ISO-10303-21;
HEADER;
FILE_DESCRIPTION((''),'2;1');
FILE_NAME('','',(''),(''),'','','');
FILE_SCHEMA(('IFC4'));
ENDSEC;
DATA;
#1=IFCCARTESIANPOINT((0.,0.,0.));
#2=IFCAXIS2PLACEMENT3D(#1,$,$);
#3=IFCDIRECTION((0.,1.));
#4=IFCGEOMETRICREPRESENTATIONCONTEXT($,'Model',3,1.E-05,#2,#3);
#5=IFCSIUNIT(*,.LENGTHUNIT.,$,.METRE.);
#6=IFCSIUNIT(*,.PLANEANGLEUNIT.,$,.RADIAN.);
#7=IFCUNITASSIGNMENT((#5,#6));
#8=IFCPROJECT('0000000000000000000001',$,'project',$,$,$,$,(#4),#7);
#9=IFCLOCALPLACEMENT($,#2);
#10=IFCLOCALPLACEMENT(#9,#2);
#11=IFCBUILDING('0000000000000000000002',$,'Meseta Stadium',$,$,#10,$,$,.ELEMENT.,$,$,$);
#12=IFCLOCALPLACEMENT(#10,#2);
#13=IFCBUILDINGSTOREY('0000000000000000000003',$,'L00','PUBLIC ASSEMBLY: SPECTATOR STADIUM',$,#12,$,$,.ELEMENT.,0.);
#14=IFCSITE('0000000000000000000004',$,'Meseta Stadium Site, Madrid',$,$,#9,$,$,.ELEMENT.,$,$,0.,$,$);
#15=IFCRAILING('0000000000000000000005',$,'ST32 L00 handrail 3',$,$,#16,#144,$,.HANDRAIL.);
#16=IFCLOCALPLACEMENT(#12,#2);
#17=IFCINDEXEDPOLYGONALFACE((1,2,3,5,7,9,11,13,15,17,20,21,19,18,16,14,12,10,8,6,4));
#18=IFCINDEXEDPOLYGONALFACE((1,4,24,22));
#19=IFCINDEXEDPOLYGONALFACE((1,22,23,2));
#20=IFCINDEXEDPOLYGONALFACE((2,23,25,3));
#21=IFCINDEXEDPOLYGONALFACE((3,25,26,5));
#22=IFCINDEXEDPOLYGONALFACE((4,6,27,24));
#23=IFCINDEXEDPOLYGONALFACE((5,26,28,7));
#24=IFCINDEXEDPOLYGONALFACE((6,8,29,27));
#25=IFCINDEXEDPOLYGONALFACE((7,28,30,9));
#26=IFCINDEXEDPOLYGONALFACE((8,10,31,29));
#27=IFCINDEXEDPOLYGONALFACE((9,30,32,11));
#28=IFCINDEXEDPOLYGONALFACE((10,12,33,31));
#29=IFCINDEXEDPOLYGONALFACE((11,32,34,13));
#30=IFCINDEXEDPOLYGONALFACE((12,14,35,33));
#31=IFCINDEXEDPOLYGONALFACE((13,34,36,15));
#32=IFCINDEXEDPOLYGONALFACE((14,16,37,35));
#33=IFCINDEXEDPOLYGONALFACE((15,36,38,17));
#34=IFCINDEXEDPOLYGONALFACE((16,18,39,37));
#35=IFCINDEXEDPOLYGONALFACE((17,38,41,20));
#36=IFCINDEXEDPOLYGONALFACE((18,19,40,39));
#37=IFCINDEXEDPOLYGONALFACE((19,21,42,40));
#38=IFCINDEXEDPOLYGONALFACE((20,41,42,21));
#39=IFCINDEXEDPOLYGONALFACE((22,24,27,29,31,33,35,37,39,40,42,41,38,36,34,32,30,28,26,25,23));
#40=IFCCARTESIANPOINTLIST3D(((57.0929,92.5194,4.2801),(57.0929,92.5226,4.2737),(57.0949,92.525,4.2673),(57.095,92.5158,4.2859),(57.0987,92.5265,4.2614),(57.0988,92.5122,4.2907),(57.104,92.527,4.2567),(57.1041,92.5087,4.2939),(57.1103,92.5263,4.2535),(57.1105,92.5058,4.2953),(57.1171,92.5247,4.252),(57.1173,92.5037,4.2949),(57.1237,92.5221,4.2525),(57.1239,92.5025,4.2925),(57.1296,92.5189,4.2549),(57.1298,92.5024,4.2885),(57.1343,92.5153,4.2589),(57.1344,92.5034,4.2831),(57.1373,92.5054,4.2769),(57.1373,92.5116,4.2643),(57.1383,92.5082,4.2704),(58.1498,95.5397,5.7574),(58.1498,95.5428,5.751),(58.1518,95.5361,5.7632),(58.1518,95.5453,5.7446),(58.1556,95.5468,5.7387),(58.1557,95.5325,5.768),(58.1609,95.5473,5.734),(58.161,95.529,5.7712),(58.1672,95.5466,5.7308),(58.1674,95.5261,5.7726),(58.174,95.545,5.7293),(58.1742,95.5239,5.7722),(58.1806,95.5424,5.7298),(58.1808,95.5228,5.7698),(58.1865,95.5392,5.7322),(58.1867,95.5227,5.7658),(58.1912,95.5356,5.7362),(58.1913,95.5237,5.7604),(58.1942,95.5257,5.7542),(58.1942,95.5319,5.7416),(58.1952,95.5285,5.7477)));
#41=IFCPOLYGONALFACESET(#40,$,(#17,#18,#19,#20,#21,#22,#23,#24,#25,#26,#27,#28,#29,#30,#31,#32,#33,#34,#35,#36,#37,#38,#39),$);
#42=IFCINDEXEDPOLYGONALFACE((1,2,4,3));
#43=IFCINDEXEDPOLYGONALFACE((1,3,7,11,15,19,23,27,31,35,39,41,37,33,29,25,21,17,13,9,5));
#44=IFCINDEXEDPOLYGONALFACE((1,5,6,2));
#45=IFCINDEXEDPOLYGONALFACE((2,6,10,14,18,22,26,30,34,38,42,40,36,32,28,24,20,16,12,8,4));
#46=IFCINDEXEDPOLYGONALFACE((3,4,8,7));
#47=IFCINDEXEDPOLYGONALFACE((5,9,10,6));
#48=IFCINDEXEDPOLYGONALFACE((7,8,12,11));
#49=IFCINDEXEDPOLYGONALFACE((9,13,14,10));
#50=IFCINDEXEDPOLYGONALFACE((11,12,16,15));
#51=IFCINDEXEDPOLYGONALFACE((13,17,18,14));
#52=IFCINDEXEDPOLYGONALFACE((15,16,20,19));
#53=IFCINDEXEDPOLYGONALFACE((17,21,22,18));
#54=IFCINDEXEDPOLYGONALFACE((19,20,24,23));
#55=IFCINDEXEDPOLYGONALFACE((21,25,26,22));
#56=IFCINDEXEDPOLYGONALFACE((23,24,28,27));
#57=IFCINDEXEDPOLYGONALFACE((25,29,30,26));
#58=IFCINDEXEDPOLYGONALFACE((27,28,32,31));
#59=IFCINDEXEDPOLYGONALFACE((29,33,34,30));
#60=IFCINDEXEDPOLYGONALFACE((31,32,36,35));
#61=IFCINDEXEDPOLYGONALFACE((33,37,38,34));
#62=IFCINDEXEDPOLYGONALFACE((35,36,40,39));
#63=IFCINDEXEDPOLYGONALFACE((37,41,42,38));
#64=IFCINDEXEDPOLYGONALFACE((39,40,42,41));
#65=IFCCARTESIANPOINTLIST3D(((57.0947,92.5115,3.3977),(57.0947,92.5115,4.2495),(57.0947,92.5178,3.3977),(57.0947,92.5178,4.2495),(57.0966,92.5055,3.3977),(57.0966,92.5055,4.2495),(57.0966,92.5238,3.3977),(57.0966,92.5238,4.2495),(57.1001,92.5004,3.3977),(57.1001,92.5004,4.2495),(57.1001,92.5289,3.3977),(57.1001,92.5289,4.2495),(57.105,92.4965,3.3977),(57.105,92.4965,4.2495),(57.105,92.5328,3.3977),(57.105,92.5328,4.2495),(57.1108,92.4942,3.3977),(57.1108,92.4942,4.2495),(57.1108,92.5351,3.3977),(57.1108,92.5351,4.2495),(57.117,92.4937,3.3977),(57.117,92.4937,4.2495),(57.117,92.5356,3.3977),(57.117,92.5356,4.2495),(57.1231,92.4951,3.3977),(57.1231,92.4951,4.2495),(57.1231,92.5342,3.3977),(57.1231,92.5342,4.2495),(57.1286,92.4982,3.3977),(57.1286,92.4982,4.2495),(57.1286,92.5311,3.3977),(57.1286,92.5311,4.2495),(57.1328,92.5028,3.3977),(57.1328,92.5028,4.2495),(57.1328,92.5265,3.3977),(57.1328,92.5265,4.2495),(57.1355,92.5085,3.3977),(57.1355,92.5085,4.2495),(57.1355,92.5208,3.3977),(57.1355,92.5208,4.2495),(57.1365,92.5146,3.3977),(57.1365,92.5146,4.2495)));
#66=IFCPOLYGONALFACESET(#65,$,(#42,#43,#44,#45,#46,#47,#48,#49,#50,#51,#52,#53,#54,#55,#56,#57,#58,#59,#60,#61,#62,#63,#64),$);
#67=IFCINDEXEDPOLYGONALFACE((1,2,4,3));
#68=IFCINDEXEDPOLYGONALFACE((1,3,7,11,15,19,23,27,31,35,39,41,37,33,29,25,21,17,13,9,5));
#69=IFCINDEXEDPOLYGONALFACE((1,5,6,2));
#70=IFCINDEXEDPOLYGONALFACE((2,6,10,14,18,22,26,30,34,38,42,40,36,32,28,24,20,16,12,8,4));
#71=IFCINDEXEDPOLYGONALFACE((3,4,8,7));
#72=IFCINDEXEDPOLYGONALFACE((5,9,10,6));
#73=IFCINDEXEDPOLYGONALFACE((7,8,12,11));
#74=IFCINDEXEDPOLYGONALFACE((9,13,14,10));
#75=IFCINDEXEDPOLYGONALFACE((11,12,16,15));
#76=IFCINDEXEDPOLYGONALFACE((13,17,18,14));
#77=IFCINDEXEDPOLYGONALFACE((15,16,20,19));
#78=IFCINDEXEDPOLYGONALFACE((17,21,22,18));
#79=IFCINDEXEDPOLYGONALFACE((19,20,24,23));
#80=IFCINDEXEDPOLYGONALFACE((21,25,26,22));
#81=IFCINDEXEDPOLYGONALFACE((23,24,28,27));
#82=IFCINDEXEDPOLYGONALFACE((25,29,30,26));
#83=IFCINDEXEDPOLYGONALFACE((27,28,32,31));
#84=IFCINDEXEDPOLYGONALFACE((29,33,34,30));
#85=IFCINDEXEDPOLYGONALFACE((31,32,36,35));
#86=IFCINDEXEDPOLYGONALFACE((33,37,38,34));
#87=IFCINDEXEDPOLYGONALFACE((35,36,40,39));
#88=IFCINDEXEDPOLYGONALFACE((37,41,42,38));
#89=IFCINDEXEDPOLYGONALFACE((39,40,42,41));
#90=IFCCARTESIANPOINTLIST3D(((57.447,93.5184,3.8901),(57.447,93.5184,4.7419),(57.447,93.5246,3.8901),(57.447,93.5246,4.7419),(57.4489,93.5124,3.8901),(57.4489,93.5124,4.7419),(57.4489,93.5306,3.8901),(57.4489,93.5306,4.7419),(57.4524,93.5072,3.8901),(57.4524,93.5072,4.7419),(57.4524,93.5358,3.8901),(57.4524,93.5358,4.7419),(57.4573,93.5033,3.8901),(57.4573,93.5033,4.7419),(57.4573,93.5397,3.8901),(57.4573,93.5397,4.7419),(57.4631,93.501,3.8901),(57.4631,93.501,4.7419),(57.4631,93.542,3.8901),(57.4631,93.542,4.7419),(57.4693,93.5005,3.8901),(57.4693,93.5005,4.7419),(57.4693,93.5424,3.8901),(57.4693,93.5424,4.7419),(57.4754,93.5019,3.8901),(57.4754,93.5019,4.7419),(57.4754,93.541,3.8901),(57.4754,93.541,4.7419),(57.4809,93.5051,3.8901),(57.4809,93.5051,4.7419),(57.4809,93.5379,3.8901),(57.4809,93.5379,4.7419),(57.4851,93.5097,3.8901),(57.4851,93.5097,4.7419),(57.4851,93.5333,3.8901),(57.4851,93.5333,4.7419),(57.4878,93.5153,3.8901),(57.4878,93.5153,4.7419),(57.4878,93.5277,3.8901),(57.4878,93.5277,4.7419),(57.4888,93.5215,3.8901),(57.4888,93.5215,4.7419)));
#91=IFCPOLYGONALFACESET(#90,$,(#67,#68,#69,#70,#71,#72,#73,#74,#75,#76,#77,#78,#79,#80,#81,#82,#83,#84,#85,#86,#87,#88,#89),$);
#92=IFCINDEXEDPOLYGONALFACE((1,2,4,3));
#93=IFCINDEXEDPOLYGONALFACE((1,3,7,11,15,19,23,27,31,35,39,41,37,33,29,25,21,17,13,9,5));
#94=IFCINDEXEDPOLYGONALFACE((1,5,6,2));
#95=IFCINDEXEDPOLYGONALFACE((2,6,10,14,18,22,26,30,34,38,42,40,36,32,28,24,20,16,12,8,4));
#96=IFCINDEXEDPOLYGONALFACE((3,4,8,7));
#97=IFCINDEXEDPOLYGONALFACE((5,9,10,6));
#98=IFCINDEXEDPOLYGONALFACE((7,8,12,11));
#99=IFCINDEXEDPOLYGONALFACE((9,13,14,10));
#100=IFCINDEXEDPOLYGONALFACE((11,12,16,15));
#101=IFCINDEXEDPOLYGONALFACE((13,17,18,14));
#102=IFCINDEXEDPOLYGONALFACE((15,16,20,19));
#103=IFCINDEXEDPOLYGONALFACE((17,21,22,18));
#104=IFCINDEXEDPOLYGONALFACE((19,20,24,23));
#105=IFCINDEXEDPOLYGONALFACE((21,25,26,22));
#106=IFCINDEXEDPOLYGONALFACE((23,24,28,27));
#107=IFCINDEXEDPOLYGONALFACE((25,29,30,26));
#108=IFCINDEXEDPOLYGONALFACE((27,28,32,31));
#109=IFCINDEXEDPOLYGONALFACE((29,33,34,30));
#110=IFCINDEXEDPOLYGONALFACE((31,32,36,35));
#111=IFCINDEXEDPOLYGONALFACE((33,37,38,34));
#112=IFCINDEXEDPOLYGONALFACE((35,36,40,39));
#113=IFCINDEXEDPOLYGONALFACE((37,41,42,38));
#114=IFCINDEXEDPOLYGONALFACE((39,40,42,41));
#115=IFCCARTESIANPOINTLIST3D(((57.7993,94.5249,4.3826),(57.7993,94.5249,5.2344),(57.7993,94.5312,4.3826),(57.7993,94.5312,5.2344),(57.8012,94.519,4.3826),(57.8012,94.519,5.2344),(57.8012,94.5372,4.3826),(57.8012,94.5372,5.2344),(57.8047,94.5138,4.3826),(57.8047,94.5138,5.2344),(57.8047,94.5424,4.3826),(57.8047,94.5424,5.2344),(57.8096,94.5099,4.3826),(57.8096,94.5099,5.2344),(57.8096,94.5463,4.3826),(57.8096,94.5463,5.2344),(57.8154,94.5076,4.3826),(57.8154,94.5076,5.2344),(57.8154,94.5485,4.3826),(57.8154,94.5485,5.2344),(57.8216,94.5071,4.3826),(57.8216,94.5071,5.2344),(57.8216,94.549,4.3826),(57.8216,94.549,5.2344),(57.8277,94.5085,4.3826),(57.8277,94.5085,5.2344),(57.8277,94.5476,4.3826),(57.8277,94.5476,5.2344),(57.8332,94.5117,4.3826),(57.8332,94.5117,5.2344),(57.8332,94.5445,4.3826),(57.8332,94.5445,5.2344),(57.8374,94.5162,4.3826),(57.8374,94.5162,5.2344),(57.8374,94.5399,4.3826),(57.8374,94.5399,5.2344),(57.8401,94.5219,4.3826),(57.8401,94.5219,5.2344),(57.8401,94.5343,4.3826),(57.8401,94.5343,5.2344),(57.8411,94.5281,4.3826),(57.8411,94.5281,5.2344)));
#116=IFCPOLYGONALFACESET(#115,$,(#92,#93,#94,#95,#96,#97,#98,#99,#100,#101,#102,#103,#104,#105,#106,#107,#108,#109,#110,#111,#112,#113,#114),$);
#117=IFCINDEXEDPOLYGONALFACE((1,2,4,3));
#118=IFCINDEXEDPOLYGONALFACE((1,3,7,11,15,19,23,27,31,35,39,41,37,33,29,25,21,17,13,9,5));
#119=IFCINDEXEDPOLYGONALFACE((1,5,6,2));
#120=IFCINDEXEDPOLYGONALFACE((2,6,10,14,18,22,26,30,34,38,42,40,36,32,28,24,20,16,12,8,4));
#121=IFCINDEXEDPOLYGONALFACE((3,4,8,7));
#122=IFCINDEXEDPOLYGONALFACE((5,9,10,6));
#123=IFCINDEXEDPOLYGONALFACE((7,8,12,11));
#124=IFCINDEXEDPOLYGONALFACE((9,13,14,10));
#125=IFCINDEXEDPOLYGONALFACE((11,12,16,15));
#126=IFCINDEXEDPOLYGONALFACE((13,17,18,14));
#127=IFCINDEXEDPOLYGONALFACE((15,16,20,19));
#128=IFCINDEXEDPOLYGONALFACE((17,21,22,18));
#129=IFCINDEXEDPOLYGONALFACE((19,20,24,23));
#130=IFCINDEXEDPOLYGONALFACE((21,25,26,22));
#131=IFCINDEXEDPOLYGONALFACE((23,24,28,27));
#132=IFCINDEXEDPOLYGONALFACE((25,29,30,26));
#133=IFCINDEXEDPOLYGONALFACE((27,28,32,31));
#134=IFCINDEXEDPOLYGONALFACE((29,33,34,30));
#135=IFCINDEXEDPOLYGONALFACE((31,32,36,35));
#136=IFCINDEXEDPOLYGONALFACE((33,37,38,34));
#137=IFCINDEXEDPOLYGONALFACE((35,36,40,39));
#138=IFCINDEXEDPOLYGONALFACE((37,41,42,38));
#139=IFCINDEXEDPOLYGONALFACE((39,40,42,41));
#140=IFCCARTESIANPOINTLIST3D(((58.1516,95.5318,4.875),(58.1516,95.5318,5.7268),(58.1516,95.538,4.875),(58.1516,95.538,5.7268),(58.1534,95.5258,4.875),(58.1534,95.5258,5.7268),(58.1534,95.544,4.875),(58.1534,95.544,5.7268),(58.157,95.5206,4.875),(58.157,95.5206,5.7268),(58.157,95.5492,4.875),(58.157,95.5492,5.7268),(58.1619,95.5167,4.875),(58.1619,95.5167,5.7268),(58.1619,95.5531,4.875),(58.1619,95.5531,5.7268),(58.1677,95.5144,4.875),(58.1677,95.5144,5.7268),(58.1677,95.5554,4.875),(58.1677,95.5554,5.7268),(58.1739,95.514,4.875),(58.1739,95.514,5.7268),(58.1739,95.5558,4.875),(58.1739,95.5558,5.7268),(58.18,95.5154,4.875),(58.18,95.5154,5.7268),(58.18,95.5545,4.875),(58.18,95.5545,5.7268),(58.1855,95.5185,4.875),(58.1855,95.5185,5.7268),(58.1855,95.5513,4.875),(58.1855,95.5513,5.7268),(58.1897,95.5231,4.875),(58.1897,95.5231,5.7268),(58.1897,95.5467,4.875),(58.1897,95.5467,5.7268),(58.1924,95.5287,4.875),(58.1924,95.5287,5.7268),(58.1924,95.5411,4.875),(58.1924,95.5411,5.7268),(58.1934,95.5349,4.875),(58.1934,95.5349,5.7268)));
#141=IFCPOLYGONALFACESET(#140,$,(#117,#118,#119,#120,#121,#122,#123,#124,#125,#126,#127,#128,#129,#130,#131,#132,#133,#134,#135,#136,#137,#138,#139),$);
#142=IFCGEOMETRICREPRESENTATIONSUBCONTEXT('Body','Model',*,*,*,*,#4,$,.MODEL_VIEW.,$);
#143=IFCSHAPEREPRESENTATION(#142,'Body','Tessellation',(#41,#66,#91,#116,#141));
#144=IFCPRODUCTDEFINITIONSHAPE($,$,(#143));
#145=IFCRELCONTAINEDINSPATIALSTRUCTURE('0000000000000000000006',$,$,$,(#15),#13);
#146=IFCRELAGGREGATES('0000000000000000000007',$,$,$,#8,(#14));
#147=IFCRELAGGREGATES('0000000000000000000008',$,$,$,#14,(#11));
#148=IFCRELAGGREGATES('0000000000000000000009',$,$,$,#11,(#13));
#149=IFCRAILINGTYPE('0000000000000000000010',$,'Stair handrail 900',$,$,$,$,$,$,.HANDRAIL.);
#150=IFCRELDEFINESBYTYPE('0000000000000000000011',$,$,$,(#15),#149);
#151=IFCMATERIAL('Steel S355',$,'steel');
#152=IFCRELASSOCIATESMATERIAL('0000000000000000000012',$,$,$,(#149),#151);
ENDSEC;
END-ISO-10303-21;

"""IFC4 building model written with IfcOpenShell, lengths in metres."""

from ifc_helpers import new_model, si_unit, direction, frame, origin, origin_2d, place, context, subcontext, project, spatial, circle, extrude, material, type_object, element, save


model = new_model("IFC4")

# Units and contexts
model_context = context("Model", 3, precision=1e-05, world=origin(), true_north=direction((0.0, 1.0)))
body_context = subcontext(model_context, "Body", "Model", "MODEL_VIEW")
ifc_project = project(units=[si_unit("LENGTHUNIT", "METRE"), si_unit("PLANEANGLEUNIT", "RADIAN")], contexts=[model_context])

# Site, building, storey
site_placement = place(None, origin())
site = spatial("IfcSite", under=ifc_project, at=site_placement, Name="Meseta Stadium Site, Madrid", CompositionType="ELEMENT", RefElevation=0.0)
building_placement = place(site_placement, origin())
building = spatial("IfcBuilding", under=site, at=building_placement, Name="Meseta Stadium", CompositionType="ELEMENT")
storey_placement = place(building_placement, origin())
storey = spatial("IfcBuildingStorey", under=building, at=storey_placement, Name="L00", Description="PUBLIC ASSEMBLY: SPECTATOR STADIUM", CompositionType="ELEMENT", Elevation=0.0)

# Railing
ifc_material_1 = material(Name="Steel S355", Category="steel")
railing_type_1 = type_object("IfcRailingType", Name="Stair handrail 900", PredefinedType="HANDRAIL", material=ifc_material_1)
railing_1_placement = place(storey_placement, frame((57.1155, 92.5146, 3.3977)))
element("IfcRailing", 1, at=railing_1_placement, inside=storey, type_object=railing_type_1, Name="ST32 L00 handrail 3", PredefinedType="HANDRAIL", context=body_context, shape_type="SweptSolid", body=[
    extrude(circle(Radius=0.0239, at=origin_2d()), frame((0.0, 0.0, 0.876), z_axis=(0.299876, 0.856958, 0.419162), x_axis=(-0.943879, 0.330293, 0.0)), (0.0, 0.0, 1.0), 3.5244),
    extrude(circle(Radius=0.021, at=origin_2d()), origin(), (0.0, 0.0, 1.0), 0.8518),
    extrude(circle(Radius=0.021, at=origin_2d()), frame((0.3523, 1.0068, 0.4924)), (0.0, 0.0, 1.0), 0.8518),
    extrude(circle(Radius=0.021, at=origin_2d()), frame((0.7046, 2.0134, 0.9849)), (0.0, 0.0, 1.0), 0.8518),
    extrude(circle(Radius=0.021, at=origin_2d()), frame((1.0569, 3.0203, 1.4773)), (0.0, 0.0, 1.0), 0.8518),
])

save(model, "model.ifc")
